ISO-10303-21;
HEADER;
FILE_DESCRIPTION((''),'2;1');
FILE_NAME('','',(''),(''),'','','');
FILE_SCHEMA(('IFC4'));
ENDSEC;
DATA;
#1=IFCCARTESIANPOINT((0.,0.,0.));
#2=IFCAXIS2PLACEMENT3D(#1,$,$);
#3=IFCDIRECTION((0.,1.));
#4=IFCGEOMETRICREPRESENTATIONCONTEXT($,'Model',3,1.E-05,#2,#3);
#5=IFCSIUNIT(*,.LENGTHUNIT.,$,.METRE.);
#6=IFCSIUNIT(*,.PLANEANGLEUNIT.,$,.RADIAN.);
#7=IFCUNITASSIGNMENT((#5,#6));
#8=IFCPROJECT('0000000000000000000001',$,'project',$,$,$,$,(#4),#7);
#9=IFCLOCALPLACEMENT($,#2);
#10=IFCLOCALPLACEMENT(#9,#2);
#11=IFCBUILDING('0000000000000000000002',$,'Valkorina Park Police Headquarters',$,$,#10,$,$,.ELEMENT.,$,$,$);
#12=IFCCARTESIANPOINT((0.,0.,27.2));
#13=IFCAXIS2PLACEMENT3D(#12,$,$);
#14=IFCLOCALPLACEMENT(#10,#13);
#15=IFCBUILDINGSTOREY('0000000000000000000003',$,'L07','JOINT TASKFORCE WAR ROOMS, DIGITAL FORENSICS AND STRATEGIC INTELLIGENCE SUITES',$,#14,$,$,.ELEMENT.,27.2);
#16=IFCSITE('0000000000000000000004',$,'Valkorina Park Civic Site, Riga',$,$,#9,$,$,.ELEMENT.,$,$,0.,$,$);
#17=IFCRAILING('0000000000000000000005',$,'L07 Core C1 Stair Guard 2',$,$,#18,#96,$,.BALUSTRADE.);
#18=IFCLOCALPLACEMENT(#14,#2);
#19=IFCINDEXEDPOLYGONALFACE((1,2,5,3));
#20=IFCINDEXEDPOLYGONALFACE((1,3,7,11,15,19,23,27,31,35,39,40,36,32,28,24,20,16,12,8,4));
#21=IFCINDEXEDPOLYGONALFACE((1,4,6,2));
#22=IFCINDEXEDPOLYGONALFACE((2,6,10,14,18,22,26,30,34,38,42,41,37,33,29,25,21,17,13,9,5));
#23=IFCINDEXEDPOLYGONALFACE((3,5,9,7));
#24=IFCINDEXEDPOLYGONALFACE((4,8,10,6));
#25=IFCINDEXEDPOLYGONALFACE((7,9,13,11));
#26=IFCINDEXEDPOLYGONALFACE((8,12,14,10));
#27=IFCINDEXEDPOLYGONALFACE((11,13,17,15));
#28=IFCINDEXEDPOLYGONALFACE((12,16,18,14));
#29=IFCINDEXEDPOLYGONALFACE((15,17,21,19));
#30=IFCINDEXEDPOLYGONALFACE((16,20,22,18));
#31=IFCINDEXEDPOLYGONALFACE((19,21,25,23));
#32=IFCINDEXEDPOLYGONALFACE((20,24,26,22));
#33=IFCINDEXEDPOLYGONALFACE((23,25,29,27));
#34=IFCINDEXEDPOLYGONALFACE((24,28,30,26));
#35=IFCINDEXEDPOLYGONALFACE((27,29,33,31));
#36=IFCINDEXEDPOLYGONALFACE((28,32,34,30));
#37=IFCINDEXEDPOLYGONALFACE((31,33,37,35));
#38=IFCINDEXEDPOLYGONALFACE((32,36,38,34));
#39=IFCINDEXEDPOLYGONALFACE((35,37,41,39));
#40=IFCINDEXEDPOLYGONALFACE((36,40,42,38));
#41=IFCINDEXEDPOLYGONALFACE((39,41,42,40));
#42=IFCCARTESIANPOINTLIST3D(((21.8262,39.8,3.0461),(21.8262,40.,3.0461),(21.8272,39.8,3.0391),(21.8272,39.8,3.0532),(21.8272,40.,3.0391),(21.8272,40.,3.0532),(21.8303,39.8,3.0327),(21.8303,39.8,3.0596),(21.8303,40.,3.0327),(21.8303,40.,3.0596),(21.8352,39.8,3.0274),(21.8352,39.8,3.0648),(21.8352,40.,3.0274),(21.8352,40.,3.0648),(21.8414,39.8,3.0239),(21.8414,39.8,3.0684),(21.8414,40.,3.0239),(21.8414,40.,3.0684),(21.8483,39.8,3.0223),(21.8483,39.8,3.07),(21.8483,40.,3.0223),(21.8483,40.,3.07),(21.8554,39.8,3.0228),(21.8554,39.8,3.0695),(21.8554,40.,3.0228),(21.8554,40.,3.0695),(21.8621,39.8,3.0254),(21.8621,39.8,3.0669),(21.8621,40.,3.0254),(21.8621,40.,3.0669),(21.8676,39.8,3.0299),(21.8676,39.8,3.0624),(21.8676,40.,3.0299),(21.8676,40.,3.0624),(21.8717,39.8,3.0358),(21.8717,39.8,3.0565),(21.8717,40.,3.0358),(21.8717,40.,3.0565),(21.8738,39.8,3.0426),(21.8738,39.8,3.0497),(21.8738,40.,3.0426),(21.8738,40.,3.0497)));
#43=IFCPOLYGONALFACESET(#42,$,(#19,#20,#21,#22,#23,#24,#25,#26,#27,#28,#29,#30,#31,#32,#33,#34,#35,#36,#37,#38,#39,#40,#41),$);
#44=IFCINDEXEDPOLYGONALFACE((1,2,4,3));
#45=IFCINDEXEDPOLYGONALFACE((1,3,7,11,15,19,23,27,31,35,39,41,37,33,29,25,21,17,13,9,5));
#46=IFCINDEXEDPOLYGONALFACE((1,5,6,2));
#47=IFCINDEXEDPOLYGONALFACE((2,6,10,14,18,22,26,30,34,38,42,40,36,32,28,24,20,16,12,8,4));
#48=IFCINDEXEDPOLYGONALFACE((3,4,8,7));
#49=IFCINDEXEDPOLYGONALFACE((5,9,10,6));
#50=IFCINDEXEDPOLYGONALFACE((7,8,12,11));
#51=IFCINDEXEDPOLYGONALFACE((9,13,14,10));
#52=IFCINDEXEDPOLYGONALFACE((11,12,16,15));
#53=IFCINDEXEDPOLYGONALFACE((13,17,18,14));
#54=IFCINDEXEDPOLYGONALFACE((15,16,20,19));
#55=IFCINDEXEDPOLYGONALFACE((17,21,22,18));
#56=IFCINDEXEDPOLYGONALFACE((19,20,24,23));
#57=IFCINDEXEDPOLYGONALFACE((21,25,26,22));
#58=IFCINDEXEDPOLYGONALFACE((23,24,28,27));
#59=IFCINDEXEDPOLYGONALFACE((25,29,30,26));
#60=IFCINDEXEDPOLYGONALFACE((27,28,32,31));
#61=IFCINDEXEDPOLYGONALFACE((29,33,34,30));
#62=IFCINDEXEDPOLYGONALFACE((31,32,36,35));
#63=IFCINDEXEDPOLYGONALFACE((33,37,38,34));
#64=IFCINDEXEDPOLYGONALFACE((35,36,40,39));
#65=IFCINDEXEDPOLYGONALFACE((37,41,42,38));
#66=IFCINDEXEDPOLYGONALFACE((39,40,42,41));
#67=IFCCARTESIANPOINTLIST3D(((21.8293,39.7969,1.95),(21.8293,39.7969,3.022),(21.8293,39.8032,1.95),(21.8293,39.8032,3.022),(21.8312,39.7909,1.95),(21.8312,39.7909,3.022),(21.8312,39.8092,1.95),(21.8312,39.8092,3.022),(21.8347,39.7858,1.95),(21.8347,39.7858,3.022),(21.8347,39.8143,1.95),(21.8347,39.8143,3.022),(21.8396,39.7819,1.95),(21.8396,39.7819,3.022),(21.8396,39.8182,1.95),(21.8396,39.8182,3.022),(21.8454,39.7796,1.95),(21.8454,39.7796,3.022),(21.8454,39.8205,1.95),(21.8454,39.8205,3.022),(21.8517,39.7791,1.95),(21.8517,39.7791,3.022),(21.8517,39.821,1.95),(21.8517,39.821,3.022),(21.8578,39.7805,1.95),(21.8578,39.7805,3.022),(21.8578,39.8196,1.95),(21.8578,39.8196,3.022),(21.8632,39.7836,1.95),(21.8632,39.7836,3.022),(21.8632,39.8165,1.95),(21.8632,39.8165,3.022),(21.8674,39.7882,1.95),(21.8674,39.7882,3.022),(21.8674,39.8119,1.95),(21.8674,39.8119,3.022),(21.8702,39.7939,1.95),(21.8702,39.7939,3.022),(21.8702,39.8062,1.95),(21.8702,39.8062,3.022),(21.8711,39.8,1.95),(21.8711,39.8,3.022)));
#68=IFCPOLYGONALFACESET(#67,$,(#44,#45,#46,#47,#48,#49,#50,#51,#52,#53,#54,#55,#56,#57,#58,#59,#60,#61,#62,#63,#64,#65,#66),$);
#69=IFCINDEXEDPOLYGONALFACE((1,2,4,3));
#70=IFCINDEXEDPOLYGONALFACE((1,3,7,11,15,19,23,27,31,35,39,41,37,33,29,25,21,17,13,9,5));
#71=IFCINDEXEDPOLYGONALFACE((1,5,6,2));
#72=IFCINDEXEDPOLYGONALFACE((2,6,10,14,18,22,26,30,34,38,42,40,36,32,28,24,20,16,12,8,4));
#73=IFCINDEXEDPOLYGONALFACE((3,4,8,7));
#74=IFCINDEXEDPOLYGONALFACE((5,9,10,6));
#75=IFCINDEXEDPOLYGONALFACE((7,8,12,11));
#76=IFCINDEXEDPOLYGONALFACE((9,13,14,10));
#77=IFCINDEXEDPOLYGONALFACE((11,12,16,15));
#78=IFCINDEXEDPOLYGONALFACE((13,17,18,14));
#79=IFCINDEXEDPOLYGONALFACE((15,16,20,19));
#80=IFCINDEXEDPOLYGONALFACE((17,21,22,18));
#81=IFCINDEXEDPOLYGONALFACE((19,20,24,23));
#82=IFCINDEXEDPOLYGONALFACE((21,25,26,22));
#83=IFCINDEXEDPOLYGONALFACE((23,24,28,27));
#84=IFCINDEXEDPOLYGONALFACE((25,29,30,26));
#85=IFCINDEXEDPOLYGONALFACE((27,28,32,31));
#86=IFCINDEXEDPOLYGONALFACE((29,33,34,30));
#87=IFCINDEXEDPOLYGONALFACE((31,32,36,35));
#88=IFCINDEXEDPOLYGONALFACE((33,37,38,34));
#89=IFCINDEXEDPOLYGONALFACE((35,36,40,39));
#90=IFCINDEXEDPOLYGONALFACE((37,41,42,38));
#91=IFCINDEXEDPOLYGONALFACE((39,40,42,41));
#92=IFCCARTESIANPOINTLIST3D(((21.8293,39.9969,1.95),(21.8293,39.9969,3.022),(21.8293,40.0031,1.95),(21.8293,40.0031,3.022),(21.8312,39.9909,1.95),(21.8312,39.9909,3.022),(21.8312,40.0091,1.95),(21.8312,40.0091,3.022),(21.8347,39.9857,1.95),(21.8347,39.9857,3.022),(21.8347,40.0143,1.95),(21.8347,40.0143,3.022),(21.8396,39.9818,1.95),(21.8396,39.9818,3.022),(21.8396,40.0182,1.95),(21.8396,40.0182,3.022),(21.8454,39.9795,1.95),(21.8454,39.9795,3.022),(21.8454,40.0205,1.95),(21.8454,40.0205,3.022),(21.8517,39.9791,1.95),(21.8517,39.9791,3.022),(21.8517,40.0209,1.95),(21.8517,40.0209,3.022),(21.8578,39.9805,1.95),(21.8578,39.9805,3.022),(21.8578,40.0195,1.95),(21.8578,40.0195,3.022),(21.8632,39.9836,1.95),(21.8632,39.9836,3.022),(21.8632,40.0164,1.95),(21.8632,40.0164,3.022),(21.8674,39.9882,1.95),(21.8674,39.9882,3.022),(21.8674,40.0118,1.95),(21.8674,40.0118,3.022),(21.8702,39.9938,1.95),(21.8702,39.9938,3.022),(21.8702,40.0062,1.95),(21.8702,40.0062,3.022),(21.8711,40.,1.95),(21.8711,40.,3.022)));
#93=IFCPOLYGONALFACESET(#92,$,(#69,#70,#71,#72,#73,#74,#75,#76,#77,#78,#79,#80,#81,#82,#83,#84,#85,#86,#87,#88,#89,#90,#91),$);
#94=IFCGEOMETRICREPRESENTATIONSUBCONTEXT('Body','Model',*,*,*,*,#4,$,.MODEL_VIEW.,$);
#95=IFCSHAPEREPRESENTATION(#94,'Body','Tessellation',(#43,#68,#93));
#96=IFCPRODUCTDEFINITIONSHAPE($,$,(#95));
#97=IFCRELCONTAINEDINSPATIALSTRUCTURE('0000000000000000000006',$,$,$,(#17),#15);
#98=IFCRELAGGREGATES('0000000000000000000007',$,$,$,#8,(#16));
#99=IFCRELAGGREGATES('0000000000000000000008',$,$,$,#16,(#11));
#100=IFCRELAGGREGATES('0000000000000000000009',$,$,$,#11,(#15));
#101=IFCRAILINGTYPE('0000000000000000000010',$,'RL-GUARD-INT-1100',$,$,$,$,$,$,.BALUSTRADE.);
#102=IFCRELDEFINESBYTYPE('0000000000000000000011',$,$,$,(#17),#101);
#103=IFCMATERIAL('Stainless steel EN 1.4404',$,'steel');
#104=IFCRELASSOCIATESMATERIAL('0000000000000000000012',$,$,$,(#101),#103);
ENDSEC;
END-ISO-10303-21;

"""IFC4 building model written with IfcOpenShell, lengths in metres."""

from ifc_helpers import new_model, si_unit, direction, frame, origin, origin_2d, place, context, subcontext, project, spatial, circle, extrude, material, type_object, element, save


model = new_model("IFC4")

# Units and contexts
model_context = context("Model", 3, precision=1e-05, world=origin(), true_north=direction((0.0, 1.0)))
body_context = subcontext(model_context, "Body", "Model", "MODEL_VIEW")
ifc_project = project(units=[si_unit("LENGTHUNIT", "METRE"), si_unit("PLANEANGLEUNIT", "RADIAN")], contexts=[model_context])

# Site, building, storey
site_placement = place(None, origin())
site = spatial("IfcSite", under=ifc_project, at=site_placement, Name="Valkorina Park Civic Site, Riga", CompositionType="ELEMENT", RefElevation=0.0)
building_placement = place(site_placement, origin())
building = spatial("IfcBuilding", under=site, at=building_placement, Name="Valkorina Park Police Headquarters", CompositionType="ELEMENT")
storey_placement = place(building_placement, frame((0.0, 0.0, 27.2)))
storey = spatial("IfcBuildingStorey", under=building, at=storey_placement, Name="L07", Description="JOINT TASKFORCE WAR ROOMS, DIGITAL FORENSICS AND STRATEGIC INTELLIGENCE SUITES", CompositionType="ELEMENT", Elevation=27.2)

# Shared definitions
ifc_material_1 = material(Name="Stainless steel EN 1.4404", Category="steel")

# Railing
railing_type_1 = type_object("IfcRailingType", Name="RL-GUARD-INT-1100", PredefinedType="BALUSTRADE", material=ifc_material_1)
railing_1_placement = place(storey_placement, frame((21.8501, 39.8, 1.95)))
element("IfcRailing", 1, at=railing_1_placement, inside=storey, type_object=railing_type_1, Name="L07 Core C1 Stair Guard 2", PredefinedType="BALUSTRADE", context=body_context, shape_type="SweptSolid", body=[
    extrude(circle(Radius=0.0239, at=origin_2d()), frame((0.0, 0.0, 1.0962), z_axis=(0.0, 1.0, 0.0), x_axis=(-1.0, 0.0, 0.0)), (0.0, 0.0, 1.0), 0.2),
    extrude(circle(Radius=0.021, at=origin_2d()), origin(), (0.0, 0.0, 1.0), 1.072),
    extrude(circle(Radius=0.021, at=origin_2d()), frame((0.0, 0.2, 0.0)), (0.0, 0.0, 1.0), 1.072),
])

save(model, "model.ifc")
